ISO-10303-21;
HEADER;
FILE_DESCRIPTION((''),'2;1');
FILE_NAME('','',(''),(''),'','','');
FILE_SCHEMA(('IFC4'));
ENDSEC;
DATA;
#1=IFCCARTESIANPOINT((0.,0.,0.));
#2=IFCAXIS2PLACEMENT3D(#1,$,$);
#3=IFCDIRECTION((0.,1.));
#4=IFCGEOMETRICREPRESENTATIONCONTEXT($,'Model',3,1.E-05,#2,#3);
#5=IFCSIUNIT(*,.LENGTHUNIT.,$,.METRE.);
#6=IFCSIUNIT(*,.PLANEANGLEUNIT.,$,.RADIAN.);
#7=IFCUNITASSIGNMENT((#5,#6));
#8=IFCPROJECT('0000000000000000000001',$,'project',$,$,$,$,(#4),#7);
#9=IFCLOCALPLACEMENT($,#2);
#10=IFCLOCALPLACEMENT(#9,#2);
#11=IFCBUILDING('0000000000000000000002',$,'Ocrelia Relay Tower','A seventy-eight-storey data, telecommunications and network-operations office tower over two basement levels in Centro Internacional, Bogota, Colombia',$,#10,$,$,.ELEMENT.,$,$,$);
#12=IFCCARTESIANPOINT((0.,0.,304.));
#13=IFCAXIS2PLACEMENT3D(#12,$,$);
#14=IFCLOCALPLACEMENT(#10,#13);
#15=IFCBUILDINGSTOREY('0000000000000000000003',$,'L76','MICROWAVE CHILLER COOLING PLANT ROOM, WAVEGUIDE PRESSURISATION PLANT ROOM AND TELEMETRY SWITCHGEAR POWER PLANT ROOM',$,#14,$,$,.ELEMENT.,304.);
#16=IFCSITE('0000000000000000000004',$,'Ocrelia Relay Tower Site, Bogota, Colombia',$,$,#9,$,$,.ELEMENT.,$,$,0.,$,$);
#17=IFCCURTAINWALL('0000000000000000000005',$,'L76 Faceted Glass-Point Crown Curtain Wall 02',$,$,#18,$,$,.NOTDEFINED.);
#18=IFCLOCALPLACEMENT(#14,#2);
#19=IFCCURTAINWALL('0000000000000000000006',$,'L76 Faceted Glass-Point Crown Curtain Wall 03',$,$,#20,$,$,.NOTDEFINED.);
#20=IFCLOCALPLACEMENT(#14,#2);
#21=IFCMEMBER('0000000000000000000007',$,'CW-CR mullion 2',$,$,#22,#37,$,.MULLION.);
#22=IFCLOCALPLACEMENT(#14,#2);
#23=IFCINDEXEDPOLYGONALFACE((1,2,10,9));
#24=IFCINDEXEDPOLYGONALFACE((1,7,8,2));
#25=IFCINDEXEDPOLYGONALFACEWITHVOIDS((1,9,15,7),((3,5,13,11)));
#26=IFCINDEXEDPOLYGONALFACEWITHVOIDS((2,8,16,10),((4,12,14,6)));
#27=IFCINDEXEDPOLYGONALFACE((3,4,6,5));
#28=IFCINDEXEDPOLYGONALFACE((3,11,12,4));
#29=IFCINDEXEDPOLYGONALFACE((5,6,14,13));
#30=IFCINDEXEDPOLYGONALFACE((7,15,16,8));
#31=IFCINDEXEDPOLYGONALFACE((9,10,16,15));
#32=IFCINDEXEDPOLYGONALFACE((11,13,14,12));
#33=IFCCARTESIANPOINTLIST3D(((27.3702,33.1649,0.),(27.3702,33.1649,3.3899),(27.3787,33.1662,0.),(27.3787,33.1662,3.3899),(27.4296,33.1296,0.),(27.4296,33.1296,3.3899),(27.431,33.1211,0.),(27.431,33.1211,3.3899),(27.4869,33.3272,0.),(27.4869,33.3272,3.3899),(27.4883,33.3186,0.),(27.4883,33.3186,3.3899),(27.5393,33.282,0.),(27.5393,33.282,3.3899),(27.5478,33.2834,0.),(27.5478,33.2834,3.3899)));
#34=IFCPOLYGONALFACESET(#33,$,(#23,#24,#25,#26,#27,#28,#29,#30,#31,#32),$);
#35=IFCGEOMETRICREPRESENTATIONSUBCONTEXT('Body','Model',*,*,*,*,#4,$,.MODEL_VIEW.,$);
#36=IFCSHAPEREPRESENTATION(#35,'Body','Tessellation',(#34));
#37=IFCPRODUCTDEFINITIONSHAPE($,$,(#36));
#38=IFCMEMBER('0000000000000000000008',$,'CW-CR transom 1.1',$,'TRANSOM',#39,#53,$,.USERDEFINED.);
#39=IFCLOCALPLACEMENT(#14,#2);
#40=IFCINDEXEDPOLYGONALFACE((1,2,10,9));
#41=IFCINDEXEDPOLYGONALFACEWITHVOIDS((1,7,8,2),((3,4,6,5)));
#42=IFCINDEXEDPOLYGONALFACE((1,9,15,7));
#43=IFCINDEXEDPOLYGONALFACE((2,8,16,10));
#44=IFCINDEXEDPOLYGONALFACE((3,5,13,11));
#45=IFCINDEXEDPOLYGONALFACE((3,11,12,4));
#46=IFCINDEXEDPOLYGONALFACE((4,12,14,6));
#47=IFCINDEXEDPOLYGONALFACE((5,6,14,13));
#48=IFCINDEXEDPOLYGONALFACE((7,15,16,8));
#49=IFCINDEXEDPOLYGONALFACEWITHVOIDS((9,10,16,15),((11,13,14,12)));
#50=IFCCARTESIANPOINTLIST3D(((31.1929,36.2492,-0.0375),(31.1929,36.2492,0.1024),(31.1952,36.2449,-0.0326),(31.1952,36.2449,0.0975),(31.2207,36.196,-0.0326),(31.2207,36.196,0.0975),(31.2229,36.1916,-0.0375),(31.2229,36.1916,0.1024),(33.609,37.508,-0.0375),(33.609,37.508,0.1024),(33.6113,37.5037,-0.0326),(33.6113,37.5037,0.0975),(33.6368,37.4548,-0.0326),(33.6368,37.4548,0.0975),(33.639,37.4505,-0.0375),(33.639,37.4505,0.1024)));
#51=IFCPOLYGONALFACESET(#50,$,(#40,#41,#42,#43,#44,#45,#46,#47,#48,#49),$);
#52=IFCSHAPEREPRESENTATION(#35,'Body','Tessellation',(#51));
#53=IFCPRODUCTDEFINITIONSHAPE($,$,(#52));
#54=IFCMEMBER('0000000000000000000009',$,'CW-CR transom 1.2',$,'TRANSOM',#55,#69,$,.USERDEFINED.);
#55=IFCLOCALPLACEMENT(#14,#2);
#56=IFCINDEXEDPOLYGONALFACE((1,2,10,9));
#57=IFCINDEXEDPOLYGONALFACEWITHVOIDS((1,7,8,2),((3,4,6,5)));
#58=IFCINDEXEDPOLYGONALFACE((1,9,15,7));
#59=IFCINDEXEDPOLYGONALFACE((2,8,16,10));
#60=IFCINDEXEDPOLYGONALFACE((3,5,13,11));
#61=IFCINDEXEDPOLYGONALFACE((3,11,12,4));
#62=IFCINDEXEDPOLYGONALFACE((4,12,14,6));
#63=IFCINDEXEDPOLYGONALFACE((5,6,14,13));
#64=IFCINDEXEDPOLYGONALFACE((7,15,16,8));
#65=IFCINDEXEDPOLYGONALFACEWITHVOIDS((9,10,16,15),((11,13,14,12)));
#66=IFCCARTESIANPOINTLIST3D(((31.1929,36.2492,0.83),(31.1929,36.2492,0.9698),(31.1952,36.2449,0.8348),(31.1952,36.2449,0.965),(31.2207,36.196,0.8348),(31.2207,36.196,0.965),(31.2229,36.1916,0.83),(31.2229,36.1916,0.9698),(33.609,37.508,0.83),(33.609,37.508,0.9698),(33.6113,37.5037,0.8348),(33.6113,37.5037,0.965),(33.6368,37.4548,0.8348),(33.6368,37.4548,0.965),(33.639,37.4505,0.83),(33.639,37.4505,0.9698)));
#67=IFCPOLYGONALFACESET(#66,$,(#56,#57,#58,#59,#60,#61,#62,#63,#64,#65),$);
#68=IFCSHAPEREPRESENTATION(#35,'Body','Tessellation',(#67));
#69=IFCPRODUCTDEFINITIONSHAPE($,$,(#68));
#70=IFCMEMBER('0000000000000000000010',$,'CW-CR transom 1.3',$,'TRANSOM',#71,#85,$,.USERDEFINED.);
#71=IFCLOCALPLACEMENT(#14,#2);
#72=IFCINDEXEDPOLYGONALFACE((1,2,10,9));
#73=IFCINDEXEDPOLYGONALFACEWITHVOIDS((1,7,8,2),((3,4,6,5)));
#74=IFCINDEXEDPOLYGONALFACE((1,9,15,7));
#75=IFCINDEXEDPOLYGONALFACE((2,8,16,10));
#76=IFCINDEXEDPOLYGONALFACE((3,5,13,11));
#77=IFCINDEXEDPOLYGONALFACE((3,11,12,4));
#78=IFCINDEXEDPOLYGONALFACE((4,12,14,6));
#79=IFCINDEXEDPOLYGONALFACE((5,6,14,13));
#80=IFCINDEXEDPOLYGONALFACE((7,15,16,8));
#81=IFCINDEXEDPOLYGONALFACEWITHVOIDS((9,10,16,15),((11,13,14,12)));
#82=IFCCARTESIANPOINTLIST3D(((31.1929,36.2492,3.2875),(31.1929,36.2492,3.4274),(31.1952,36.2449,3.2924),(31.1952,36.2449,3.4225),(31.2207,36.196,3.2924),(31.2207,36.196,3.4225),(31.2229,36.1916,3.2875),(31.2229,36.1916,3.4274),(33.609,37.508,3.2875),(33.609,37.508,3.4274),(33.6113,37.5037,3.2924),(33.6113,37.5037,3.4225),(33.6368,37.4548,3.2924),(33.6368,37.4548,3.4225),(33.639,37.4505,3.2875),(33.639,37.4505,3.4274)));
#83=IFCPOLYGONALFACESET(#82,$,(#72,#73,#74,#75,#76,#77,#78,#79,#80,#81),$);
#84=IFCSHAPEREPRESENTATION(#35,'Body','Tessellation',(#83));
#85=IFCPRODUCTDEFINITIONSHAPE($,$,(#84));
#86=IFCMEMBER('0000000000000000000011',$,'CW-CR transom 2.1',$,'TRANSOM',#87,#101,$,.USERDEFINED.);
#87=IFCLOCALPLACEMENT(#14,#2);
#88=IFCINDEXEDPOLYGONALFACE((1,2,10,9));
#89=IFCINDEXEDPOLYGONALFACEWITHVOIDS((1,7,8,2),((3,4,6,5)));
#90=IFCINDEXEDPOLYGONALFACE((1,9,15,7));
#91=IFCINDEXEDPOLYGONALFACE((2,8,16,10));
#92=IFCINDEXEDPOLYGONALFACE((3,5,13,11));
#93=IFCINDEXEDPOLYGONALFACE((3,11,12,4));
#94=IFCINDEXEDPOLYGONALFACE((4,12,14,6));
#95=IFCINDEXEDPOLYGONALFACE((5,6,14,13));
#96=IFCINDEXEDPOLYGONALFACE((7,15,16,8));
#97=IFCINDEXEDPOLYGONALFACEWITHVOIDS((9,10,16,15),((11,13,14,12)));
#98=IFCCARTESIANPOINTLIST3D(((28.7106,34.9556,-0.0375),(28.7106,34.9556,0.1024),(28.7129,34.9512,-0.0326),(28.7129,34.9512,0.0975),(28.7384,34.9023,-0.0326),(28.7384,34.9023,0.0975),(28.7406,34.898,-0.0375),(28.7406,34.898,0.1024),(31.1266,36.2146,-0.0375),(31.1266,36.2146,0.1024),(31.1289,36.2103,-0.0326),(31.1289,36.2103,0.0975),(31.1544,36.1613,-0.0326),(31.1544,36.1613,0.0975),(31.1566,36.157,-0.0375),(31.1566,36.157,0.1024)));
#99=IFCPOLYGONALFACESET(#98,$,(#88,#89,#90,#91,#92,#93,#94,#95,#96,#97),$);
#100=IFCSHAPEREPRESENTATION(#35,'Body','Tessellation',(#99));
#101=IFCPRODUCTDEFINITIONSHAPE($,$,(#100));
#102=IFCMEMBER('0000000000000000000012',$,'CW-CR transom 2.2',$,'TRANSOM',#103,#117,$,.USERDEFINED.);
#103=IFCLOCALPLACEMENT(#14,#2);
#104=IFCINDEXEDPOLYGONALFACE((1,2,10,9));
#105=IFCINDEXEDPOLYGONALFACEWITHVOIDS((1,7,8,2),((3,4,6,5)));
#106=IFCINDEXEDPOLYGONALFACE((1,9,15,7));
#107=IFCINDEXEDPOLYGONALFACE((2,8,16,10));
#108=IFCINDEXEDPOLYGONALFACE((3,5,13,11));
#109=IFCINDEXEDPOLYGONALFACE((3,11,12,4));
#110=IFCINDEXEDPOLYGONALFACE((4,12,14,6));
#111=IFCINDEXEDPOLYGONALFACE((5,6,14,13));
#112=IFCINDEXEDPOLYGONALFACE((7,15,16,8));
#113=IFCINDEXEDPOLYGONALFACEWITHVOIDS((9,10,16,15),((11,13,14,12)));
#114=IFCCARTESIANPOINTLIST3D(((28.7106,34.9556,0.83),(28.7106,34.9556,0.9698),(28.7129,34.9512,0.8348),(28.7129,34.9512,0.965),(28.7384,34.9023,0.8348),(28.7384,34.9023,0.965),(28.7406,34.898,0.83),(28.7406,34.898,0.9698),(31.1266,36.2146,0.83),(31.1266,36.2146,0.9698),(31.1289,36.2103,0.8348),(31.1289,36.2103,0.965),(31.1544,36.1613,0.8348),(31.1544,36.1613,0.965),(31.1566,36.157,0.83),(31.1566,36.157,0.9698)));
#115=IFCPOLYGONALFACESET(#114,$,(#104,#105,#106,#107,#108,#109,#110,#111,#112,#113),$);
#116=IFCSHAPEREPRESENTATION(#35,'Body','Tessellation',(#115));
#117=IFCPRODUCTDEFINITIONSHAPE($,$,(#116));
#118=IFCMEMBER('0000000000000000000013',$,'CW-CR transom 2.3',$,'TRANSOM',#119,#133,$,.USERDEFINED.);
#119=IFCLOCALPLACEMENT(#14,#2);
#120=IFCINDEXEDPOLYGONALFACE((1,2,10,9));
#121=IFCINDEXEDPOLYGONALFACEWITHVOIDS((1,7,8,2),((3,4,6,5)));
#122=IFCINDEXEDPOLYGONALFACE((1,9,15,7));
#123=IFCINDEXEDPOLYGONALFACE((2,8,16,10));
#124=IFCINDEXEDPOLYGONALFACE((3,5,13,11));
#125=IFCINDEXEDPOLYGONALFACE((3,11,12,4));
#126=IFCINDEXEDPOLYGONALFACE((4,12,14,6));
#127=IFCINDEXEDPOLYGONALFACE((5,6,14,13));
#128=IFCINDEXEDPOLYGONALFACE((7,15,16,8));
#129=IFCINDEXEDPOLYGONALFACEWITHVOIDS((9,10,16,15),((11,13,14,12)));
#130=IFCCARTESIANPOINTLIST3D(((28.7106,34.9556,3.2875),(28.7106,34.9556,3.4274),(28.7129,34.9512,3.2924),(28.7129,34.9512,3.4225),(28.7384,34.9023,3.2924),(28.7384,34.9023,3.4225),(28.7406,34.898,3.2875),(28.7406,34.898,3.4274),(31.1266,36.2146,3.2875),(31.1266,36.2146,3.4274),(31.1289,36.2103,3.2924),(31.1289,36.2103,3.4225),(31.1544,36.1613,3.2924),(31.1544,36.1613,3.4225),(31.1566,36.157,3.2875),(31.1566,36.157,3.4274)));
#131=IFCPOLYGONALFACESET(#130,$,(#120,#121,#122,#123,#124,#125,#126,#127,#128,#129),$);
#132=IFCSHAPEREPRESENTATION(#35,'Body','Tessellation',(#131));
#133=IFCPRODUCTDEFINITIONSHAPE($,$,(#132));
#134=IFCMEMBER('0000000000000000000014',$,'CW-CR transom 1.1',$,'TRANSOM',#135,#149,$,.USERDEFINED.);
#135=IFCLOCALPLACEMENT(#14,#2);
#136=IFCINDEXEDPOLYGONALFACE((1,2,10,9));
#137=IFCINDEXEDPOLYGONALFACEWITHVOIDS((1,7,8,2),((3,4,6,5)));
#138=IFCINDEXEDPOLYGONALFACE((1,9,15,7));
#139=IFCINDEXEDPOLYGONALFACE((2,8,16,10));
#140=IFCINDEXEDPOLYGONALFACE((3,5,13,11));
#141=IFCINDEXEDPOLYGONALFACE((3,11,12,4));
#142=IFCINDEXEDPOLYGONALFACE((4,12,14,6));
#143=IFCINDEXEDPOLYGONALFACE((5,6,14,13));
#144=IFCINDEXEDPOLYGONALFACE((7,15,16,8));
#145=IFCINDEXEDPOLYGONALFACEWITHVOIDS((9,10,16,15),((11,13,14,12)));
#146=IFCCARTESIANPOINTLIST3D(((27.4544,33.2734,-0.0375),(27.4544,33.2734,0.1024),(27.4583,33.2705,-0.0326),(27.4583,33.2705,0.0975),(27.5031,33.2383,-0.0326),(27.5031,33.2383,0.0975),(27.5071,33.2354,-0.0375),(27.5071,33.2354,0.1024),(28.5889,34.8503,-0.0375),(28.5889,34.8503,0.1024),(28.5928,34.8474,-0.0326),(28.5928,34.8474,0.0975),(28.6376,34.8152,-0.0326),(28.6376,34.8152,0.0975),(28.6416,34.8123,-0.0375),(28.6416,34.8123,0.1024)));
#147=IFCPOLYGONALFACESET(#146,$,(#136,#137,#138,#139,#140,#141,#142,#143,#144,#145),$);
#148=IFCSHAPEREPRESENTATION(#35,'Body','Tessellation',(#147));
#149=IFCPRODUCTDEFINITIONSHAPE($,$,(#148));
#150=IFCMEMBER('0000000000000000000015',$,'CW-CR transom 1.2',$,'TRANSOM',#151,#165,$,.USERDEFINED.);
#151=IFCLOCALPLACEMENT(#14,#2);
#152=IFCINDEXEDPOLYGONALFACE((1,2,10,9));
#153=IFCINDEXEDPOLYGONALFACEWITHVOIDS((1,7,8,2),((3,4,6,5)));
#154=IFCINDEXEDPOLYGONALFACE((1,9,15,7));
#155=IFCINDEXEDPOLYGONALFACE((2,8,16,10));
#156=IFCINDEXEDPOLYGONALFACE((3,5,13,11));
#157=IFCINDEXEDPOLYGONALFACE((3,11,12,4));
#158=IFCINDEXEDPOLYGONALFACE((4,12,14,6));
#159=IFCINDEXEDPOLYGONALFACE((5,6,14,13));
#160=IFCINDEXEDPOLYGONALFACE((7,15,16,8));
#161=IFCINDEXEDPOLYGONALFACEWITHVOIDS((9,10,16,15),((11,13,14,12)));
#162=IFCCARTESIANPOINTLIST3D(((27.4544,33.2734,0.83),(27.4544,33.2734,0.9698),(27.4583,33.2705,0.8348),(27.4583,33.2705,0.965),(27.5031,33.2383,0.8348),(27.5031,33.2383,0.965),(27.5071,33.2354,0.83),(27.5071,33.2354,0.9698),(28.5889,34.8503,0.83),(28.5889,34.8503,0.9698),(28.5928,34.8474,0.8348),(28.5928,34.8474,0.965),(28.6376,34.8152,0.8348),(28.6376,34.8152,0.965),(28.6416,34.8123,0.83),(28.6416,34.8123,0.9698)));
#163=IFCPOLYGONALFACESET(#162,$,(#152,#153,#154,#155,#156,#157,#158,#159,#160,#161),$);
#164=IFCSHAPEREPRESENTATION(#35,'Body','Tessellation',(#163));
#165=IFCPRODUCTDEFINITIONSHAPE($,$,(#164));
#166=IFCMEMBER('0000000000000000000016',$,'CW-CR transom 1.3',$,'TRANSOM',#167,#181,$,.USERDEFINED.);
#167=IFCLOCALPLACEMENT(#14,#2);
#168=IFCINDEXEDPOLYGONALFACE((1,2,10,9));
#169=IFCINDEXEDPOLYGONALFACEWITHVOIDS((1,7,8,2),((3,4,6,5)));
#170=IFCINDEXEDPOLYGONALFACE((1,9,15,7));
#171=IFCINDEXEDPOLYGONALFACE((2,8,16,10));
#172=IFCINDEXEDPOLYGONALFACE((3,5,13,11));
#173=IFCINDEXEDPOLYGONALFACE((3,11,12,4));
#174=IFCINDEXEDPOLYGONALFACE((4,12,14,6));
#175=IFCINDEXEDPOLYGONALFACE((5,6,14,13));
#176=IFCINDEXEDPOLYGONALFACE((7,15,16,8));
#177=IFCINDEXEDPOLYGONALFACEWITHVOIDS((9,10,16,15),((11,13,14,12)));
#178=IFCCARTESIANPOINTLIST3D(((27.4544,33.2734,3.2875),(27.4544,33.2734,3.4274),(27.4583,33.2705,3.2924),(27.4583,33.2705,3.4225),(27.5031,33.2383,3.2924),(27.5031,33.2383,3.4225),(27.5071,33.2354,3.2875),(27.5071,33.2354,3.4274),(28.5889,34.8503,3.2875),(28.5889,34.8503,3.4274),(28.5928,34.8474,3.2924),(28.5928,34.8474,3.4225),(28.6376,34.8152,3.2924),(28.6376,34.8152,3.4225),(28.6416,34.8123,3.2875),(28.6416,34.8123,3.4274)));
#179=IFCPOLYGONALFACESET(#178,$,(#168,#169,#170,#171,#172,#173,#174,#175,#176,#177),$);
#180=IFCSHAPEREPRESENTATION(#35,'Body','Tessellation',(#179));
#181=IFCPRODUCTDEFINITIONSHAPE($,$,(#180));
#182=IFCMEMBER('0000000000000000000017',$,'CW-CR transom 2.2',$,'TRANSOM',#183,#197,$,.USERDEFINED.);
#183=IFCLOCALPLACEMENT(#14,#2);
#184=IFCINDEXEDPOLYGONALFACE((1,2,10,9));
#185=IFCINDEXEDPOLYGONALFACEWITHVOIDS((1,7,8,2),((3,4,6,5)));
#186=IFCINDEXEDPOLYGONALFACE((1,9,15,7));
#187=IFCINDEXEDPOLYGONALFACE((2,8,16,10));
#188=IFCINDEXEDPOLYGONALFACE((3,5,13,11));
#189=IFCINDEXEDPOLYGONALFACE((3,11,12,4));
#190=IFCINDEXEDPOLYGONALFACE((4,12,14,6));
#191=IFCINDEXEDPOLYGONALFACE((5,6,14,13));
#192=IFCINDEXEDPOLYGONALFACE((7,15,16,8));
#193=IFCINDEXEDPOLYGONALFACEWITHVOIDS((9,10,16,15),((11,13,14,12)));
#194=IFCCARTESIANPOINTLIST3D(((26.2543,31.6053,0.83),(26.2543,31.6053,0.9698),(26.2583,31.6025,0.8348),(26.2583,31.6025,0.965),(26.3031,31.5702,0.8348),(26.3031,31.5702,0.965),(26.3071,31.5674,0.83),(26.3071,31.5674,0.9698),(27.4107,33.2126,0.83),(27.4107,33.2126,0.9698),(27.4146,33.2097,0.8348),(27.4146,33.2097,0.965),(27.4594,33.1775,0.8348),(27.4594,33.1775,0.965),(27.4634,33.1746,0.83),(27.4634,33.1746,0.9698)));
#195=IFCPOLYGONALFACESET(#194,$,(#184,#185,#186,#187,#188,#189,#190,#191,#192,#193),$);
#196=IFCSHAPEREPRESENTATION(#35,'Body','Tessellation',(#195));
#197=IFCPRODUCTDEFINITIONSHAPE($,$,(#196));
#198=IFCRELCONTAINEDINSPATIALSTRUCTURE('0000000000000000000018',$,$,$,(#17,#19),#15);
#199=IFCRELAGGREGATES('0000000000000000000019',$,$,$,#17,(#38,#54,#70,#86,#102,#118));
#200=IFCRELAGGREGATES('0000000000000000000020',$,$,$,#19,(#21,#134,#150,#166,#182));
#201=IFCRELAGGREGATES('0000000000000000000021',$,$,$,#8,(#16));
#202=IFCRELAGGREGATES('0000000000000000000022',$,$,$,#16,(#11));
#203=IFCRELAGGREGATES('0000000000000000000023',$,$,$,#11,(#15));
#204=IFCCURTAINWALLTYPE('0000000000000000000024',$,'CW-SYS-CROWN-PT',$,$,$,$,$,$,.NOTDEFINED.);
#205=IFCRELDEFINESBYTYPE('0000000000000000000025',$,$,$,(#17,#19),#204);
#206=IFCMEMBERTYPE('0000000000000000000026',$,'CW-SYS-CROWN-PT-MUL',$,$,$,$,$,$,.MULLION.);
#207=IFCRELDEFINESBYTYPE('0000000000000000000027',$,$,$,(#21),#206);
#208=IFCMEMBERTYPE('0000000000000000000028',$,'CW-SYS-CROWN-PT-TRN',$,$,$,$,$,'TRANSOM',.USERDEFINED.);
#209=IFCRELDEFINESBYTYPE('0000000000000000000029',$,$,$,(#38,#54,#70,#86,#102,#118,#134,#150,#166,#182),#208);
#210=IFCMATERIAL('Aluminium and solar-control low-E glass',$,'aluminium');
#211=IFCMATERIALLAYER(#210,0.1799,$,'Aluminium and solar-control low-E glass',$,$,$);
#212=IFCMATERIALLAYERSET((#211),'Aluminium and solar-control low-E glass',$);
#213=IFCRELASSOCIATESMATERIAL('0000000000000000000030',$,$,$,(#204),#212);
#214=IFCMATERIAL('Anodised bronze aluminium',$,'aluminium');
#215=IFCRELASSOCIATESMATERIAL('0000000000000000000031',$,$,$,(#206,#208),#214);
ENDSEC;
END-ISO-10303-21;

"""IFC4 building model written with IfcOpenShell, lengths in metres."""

from ifc_helpers import new_model, si_unit, direction, frame, origin, origin_2d, place, context, subcontext, project, spatial, hollow_rectangle, extrude, material, layer, layer_set, material_profile, profile_set, type_object, element, aggregate, save


model = new_model("IFC4")

# Units and contexts
model_context = context("Model", 3, precision=1e-05, world=origin(), true_north=direction((0.0, 1.0)))
body_context = subcontext(model_context, "Body", "Model", "MODEL_VIEW")
ifc_project = project(units=[si_unit("LENGTHUNIT", "METRE"), si_unit("PLANEANGLEUNIT", "RADIAN")], contexts=[model_context])

# Site, building, storey
site_placement = place(None, origin())
site = spatial("IfcSite", under=ifc_project, at=site_placement, Name="Ocrelia Relay Tower Site, Bogota, Colombia", CompositionType="ELEMENT", RefElevation=0.0)
building_placement = place(site_placement, origin())
building = spatial("IfcBuilding", under=site, at=building_placement, Name="Ocrelia Relay Tower", Description="A seventy-eight-storey data, telecommunications and network-operations office tower over two basement levels in Centro Internacional, Bogota, Colombia", CompositionType="ELEMENT")
storey_placement = place(building_placement, frame((0.0, 0.0, 304.0)))
storey = spatial("IfcBuildingStorey", under=building, at=storey_placement, Name="L76", Description="MICROWAVE CHILLER COOLING PLANT ROOM, WAVEGUIDE PRESSURISATION PLANT ROOM AND TELEMETRY SWITCHGEAR POWER PLANT ROOM", CompositionType="ELEMENT", Elevation=304.0)

# Shared definitions
ifc_material_1 = material(Name="Aluminium and solar-control low-E glass", Category="aluminium")
ifc_layer_1 = layer(ifc_material_1, 0.1799, Name="Aluminium and solar-control low-E glass")
ifc_layer_set_1 = layer_set([ifc_layer_1], Name="Aluminium and solar-control low-E glass")
curtain_wall_type = type_object("IfcCurtainWallType", Name="CW-SYS-CROWN-PT", PredefinedType="NOTDEFINED", material=ifc_layer_set_1)
ifc_material_2 = material(Name="Anodised bronze aluminium", Category="aluminium")
ifc_material_profile_1 = material_profile(ifc_material_2, hollow_rectangle(XDim=0.075, YDim=0.2, WallThickness=0.0061, at=origin_2d()), Name="CW-MUL-200x75")
ifc_profile_set_1 = profile_set([ifc_material_profile_1], Name="Anodised bronze aluminium")
member_type_1 = type_object("IfcMemberType", Name="CW-SYS-CROWN-PT-MUL", PredefinedType="MULLION", material=ifc_profile_set_1)

# Curtain walls, member
curtain_wall_1_placement = place(storey_placement, origin())
curtain_wall_1 = element("IfcCurtainWall", 1, at=curtain_wall_1_placement, inside=storey, type_object=curtain_wall_type, Name="L76 Faceted Glass-Point Crown Curtain Wall 02", PredefinedType="NOTDEFINED")
curtain_wall_2_placement = place(storey_placement, origin())
curtain_wall_2 = element("IfcCurtainWall", 2, at=curtain_wall_2_placement, inside=storey, type_object=curtain_wall_type, Name="L76 Faceted Glass-Point Crown Curtain Wall 03", PredefinedType="NOTDEFINED")
member_1_placement = place(storey_placement, frame((27.459, 33.2241, 0.0), z_axis=(0.0, 0.0, 1.0), x_axis=(0.811755, -0.583998, 0.0)))
member_1 = element("IfcMember", 3, at=member_1_placement, type_object=member_type_1, Name="CW-CR mullion 2", PredefinedType="MULLION", context=body_context, shape_type="SweptSolid", body=[
    extrude(hollow_rectangle(XDim=0.075, YDim=0.2, WallThickness=0.0061, at=origin_2d()), origin(), (0.0, 0.0, 1.0), 3.3899),
])

# Members
ifc_material_profile_2 = material_profile(ifc_material_2, hollow_rectangle(XDim=0.0649, YDim=0.1399, WallThickness=0.0049, at=origin_2d()), Name="CW-TRN-140x65")
ifc_profile_set_2 = profile_set([ifc_material_profile_2], Name="Anodised bronze aluminium")
member_type_2 = type_object("IfcMemberType", Name="CW-SYS-CROWN-PT-TRN", ElementType="TRANSOM", PredefinedType="USERDEFINED", material=ifc_profile_set_2)
member_2_placement = place(storey_placement, frame((33.624, 37.4792, 0.0325), z_axis=(-0.886847, -0.462064, 0.0), x_axis=(0.462064, -0.886847, 0.0)))
member_2 = element("IfcMember", 4, at=member_2_placement, type_object=member_type_2, Name="CW-CR transom 1.1", ObjectType="TRANSOM", PredefinedType="USERDEFINED", context=body_context, shape_type="SweptSolid", body=[
    extrude(hollow_rectangle(XDim=0.0649, YDim=0.1399, WallThickness=0.0049, at=origin_2d()), origin(), (0.0, 0.0, 1.0), 2.7244),
])
member_3_placement = place(storey_placement, frame((33.624, 37.4792, 0.8999), z_axis=(-0.886847, -0.462064, 0.0), x_axis=(0.462064, -0.886847, 0.0)))
member_3 = element("IfcMember", 5, at=member_3_placement, type_object=member_type_2, Name="CW-CR transom 1.2", ObjectType="TRANSOM", PredefinedType="USERDEFINED", context=body_context, shape_type="SweptSolid", body=[
    extrude(hollow_rectangle(XDim=0.0649, YDim=0.1399, WallThickness=0.0049, at=origin_2d()), origin(), (0.0, 0.0, 1.0), 2.7244),
])
member_4_placement = place(storey_placement, frame((33.624, 37.4792, 3.3574), z_axis=(-0.886847, -0.462064, 0.0), x_axis=(0.462064, -0.886847, 0.0)))
member_4 = element("IfcMember", 6, at=member_4_placement, type_object=member_type_2, Name="CW-CR transom 1.3", ObjectType="TRANSOM", PredefinedType="USERDEFINED", context=body_context, shape_type="SweptSolid", body=[
    extrude(hollow_rectangle(XDim=0.0649, YDim=0.1399, WallThickness=0.0049, at=origin_2d()), origin(), (0.0, 0.0, 1.0), 2.7244),
])
member_5_placement = place(storey_placement, frame((31.1416, 36.1858, 0.0325), z_axis=(-0.88681, -0.462134, 0.0), x_axis=(0.462134, -0.88681, 0.0)))
member_5 = element("IfcMember", 7, at=member_5_placement, type_object=member_type_2, Name="CW-CR transom 2.1", ObjectType="TRANSOM", PredefinedType="USERDEFINED", context=body_context, shape_type="SweptSolid", body=[
    extrude(hollow_rectangle(XDim=0.0649, YDim=0.1399, WallThickness=0.0049, at=origin_2d()), origin(), (0.0, 0.0, 1.0), 2.7244),
])
member_6_placement = place(storey_placement, frame((31.1416, 36.1858, 0.8999), z_axis=(-0.88681, -0.462134, 0.0), x_axis=(0.462134, -0.88681, 0.0)))
member_6 = element("IfcMember", 8, at=member_6_placement, type_object=member_type_2, Name="CW-CR transom 2.2", ObjectType="TRANSOM", PredefinedType="USERDEFINED", context=body_context, shape_type="SweptSolid", body=[
    extrude(hollow_rectangle(XDim=0.0649, YDim=0.1399, WallThickness=0.0049, at=origin_2d()), origin(), (0.0, 0.0, 1.0), 2.7244),
])
member_7_placement = place(storey_placement, frame((31.1416, 36.1858, 3.3574), z_axis=(-0.88681, -0.462134, 0.0), x_axis=(0.462134, -0.88681, 0.0)))
member_7 = element("IfcMember", 9, at=member_7_placement, type_object=member_type_2, Name="CW-CR transom 2.3", ObjectType="TRANSOM", PredefinedType="USERDEFINED", context=body_context, shape_type="SweptSolid", body=[
    extrude(hollow_rectangle(XDim=0.0649, YDim=0.1399, WallThickness=0.0049, at=origin_2d()), origin(), (0.0, 0.0, 1.0), 2.7244),
])
member_8_placement = place(storey_placement, frame((28.6152, 34.8313, 0.0325), z_axis=(-0.584017, -0.811742, 0.0), x_axis=(0.811742, -0.584017, 0.0)))
member_8 = element("IfcMember", 10, at=member_8_placement, type_object=member_type_2, Name="CW-CR transom 1.1", ObjectType="TRANSOM", PredefinedType="USERDEFINED", context=body_context, shape_type="SweptSolid", body=[
    extrude(hollow_rectangle(XDim=0.0649, YDim=0.1399, WallThickness=0.0049, at=origin_2d()), origin(), (0.0, 0.0, 1.0), 1.9426),
])
member_9_placement = place(storey_placement, frame((28.6152, 34.8313, 0.8999), z_axis=(-0.584017, -0.811742, 0.0), x_axis=(0.811742, -0.584017, 0.0)))
member_9 = element("IfcMember", 11, at=member_9_placement, type_object=member_type_2, Name="CW-CR transom 1.2", ObjectType="TRANSOM", PredefinedType="USERDEFINED", context=body_context, shape_type="SweptSolid", body=[
    extrude(hollow_rectangle(XDim=0.0649, YDim=0.1399, WallThickness=0.0049, at=origin_2d()), origin(), (0.0, 0.0, 1.0), 1.9426),
])
member_10_placement = place(storey_placement, frame((28.6152, 34.8313, 3.3574), z_axis=(-0.584017, -0.811742, 0.0), x_axis=(0.811742, -0.584017, 0.0)))
member_10 = element("IfcMember", 12, at=member_10_placement, type_object=member_type_2, Name="CW-CR transom 1.3", ObjectType="TRANSOM", PredefinedType="USERDEFINED", context=body_context, shape_type="SweptSolid", body=[
    extrude(hollow_rectangle(XDim=0.0649, YDim=0.1399, WallThickness=0.0049, at=origin_2d()), origin(), (0.0, 0.0, 1.0), 1.9426),
])
member_11_placement = place(storey_placement, frame((27.437, 33.1936, 0.8999), z_axis=(-0.583999, -0.811754, 0.0), x_axis=(0.811754, -0.583999, 0.0)))
member_11 = element("IfcMember", 13, at=member_11_placement, type_object=member_type_2, Name="CW-CR transom 2.2", ObjectType="TRANSOM", PredefinedType="USERDEFINED", context=body_context, shape_type="SweptSolid", body=[
    extrude(hollow_rectangle(XDim=0.0649, YDim=0.1399, WallThickness=0.0049, at=origin_2d()), origin(), (0.0, 0.0, 1.0), 1.98),
])

aggregate(curtain_wall_1, [member_2, member_3, member_4, member_5, member_6, member_7])
aggregate(curtain_wall_2, [member_1, member_8, member_9, member_10, member_11])

save(model, "model.ifc")
